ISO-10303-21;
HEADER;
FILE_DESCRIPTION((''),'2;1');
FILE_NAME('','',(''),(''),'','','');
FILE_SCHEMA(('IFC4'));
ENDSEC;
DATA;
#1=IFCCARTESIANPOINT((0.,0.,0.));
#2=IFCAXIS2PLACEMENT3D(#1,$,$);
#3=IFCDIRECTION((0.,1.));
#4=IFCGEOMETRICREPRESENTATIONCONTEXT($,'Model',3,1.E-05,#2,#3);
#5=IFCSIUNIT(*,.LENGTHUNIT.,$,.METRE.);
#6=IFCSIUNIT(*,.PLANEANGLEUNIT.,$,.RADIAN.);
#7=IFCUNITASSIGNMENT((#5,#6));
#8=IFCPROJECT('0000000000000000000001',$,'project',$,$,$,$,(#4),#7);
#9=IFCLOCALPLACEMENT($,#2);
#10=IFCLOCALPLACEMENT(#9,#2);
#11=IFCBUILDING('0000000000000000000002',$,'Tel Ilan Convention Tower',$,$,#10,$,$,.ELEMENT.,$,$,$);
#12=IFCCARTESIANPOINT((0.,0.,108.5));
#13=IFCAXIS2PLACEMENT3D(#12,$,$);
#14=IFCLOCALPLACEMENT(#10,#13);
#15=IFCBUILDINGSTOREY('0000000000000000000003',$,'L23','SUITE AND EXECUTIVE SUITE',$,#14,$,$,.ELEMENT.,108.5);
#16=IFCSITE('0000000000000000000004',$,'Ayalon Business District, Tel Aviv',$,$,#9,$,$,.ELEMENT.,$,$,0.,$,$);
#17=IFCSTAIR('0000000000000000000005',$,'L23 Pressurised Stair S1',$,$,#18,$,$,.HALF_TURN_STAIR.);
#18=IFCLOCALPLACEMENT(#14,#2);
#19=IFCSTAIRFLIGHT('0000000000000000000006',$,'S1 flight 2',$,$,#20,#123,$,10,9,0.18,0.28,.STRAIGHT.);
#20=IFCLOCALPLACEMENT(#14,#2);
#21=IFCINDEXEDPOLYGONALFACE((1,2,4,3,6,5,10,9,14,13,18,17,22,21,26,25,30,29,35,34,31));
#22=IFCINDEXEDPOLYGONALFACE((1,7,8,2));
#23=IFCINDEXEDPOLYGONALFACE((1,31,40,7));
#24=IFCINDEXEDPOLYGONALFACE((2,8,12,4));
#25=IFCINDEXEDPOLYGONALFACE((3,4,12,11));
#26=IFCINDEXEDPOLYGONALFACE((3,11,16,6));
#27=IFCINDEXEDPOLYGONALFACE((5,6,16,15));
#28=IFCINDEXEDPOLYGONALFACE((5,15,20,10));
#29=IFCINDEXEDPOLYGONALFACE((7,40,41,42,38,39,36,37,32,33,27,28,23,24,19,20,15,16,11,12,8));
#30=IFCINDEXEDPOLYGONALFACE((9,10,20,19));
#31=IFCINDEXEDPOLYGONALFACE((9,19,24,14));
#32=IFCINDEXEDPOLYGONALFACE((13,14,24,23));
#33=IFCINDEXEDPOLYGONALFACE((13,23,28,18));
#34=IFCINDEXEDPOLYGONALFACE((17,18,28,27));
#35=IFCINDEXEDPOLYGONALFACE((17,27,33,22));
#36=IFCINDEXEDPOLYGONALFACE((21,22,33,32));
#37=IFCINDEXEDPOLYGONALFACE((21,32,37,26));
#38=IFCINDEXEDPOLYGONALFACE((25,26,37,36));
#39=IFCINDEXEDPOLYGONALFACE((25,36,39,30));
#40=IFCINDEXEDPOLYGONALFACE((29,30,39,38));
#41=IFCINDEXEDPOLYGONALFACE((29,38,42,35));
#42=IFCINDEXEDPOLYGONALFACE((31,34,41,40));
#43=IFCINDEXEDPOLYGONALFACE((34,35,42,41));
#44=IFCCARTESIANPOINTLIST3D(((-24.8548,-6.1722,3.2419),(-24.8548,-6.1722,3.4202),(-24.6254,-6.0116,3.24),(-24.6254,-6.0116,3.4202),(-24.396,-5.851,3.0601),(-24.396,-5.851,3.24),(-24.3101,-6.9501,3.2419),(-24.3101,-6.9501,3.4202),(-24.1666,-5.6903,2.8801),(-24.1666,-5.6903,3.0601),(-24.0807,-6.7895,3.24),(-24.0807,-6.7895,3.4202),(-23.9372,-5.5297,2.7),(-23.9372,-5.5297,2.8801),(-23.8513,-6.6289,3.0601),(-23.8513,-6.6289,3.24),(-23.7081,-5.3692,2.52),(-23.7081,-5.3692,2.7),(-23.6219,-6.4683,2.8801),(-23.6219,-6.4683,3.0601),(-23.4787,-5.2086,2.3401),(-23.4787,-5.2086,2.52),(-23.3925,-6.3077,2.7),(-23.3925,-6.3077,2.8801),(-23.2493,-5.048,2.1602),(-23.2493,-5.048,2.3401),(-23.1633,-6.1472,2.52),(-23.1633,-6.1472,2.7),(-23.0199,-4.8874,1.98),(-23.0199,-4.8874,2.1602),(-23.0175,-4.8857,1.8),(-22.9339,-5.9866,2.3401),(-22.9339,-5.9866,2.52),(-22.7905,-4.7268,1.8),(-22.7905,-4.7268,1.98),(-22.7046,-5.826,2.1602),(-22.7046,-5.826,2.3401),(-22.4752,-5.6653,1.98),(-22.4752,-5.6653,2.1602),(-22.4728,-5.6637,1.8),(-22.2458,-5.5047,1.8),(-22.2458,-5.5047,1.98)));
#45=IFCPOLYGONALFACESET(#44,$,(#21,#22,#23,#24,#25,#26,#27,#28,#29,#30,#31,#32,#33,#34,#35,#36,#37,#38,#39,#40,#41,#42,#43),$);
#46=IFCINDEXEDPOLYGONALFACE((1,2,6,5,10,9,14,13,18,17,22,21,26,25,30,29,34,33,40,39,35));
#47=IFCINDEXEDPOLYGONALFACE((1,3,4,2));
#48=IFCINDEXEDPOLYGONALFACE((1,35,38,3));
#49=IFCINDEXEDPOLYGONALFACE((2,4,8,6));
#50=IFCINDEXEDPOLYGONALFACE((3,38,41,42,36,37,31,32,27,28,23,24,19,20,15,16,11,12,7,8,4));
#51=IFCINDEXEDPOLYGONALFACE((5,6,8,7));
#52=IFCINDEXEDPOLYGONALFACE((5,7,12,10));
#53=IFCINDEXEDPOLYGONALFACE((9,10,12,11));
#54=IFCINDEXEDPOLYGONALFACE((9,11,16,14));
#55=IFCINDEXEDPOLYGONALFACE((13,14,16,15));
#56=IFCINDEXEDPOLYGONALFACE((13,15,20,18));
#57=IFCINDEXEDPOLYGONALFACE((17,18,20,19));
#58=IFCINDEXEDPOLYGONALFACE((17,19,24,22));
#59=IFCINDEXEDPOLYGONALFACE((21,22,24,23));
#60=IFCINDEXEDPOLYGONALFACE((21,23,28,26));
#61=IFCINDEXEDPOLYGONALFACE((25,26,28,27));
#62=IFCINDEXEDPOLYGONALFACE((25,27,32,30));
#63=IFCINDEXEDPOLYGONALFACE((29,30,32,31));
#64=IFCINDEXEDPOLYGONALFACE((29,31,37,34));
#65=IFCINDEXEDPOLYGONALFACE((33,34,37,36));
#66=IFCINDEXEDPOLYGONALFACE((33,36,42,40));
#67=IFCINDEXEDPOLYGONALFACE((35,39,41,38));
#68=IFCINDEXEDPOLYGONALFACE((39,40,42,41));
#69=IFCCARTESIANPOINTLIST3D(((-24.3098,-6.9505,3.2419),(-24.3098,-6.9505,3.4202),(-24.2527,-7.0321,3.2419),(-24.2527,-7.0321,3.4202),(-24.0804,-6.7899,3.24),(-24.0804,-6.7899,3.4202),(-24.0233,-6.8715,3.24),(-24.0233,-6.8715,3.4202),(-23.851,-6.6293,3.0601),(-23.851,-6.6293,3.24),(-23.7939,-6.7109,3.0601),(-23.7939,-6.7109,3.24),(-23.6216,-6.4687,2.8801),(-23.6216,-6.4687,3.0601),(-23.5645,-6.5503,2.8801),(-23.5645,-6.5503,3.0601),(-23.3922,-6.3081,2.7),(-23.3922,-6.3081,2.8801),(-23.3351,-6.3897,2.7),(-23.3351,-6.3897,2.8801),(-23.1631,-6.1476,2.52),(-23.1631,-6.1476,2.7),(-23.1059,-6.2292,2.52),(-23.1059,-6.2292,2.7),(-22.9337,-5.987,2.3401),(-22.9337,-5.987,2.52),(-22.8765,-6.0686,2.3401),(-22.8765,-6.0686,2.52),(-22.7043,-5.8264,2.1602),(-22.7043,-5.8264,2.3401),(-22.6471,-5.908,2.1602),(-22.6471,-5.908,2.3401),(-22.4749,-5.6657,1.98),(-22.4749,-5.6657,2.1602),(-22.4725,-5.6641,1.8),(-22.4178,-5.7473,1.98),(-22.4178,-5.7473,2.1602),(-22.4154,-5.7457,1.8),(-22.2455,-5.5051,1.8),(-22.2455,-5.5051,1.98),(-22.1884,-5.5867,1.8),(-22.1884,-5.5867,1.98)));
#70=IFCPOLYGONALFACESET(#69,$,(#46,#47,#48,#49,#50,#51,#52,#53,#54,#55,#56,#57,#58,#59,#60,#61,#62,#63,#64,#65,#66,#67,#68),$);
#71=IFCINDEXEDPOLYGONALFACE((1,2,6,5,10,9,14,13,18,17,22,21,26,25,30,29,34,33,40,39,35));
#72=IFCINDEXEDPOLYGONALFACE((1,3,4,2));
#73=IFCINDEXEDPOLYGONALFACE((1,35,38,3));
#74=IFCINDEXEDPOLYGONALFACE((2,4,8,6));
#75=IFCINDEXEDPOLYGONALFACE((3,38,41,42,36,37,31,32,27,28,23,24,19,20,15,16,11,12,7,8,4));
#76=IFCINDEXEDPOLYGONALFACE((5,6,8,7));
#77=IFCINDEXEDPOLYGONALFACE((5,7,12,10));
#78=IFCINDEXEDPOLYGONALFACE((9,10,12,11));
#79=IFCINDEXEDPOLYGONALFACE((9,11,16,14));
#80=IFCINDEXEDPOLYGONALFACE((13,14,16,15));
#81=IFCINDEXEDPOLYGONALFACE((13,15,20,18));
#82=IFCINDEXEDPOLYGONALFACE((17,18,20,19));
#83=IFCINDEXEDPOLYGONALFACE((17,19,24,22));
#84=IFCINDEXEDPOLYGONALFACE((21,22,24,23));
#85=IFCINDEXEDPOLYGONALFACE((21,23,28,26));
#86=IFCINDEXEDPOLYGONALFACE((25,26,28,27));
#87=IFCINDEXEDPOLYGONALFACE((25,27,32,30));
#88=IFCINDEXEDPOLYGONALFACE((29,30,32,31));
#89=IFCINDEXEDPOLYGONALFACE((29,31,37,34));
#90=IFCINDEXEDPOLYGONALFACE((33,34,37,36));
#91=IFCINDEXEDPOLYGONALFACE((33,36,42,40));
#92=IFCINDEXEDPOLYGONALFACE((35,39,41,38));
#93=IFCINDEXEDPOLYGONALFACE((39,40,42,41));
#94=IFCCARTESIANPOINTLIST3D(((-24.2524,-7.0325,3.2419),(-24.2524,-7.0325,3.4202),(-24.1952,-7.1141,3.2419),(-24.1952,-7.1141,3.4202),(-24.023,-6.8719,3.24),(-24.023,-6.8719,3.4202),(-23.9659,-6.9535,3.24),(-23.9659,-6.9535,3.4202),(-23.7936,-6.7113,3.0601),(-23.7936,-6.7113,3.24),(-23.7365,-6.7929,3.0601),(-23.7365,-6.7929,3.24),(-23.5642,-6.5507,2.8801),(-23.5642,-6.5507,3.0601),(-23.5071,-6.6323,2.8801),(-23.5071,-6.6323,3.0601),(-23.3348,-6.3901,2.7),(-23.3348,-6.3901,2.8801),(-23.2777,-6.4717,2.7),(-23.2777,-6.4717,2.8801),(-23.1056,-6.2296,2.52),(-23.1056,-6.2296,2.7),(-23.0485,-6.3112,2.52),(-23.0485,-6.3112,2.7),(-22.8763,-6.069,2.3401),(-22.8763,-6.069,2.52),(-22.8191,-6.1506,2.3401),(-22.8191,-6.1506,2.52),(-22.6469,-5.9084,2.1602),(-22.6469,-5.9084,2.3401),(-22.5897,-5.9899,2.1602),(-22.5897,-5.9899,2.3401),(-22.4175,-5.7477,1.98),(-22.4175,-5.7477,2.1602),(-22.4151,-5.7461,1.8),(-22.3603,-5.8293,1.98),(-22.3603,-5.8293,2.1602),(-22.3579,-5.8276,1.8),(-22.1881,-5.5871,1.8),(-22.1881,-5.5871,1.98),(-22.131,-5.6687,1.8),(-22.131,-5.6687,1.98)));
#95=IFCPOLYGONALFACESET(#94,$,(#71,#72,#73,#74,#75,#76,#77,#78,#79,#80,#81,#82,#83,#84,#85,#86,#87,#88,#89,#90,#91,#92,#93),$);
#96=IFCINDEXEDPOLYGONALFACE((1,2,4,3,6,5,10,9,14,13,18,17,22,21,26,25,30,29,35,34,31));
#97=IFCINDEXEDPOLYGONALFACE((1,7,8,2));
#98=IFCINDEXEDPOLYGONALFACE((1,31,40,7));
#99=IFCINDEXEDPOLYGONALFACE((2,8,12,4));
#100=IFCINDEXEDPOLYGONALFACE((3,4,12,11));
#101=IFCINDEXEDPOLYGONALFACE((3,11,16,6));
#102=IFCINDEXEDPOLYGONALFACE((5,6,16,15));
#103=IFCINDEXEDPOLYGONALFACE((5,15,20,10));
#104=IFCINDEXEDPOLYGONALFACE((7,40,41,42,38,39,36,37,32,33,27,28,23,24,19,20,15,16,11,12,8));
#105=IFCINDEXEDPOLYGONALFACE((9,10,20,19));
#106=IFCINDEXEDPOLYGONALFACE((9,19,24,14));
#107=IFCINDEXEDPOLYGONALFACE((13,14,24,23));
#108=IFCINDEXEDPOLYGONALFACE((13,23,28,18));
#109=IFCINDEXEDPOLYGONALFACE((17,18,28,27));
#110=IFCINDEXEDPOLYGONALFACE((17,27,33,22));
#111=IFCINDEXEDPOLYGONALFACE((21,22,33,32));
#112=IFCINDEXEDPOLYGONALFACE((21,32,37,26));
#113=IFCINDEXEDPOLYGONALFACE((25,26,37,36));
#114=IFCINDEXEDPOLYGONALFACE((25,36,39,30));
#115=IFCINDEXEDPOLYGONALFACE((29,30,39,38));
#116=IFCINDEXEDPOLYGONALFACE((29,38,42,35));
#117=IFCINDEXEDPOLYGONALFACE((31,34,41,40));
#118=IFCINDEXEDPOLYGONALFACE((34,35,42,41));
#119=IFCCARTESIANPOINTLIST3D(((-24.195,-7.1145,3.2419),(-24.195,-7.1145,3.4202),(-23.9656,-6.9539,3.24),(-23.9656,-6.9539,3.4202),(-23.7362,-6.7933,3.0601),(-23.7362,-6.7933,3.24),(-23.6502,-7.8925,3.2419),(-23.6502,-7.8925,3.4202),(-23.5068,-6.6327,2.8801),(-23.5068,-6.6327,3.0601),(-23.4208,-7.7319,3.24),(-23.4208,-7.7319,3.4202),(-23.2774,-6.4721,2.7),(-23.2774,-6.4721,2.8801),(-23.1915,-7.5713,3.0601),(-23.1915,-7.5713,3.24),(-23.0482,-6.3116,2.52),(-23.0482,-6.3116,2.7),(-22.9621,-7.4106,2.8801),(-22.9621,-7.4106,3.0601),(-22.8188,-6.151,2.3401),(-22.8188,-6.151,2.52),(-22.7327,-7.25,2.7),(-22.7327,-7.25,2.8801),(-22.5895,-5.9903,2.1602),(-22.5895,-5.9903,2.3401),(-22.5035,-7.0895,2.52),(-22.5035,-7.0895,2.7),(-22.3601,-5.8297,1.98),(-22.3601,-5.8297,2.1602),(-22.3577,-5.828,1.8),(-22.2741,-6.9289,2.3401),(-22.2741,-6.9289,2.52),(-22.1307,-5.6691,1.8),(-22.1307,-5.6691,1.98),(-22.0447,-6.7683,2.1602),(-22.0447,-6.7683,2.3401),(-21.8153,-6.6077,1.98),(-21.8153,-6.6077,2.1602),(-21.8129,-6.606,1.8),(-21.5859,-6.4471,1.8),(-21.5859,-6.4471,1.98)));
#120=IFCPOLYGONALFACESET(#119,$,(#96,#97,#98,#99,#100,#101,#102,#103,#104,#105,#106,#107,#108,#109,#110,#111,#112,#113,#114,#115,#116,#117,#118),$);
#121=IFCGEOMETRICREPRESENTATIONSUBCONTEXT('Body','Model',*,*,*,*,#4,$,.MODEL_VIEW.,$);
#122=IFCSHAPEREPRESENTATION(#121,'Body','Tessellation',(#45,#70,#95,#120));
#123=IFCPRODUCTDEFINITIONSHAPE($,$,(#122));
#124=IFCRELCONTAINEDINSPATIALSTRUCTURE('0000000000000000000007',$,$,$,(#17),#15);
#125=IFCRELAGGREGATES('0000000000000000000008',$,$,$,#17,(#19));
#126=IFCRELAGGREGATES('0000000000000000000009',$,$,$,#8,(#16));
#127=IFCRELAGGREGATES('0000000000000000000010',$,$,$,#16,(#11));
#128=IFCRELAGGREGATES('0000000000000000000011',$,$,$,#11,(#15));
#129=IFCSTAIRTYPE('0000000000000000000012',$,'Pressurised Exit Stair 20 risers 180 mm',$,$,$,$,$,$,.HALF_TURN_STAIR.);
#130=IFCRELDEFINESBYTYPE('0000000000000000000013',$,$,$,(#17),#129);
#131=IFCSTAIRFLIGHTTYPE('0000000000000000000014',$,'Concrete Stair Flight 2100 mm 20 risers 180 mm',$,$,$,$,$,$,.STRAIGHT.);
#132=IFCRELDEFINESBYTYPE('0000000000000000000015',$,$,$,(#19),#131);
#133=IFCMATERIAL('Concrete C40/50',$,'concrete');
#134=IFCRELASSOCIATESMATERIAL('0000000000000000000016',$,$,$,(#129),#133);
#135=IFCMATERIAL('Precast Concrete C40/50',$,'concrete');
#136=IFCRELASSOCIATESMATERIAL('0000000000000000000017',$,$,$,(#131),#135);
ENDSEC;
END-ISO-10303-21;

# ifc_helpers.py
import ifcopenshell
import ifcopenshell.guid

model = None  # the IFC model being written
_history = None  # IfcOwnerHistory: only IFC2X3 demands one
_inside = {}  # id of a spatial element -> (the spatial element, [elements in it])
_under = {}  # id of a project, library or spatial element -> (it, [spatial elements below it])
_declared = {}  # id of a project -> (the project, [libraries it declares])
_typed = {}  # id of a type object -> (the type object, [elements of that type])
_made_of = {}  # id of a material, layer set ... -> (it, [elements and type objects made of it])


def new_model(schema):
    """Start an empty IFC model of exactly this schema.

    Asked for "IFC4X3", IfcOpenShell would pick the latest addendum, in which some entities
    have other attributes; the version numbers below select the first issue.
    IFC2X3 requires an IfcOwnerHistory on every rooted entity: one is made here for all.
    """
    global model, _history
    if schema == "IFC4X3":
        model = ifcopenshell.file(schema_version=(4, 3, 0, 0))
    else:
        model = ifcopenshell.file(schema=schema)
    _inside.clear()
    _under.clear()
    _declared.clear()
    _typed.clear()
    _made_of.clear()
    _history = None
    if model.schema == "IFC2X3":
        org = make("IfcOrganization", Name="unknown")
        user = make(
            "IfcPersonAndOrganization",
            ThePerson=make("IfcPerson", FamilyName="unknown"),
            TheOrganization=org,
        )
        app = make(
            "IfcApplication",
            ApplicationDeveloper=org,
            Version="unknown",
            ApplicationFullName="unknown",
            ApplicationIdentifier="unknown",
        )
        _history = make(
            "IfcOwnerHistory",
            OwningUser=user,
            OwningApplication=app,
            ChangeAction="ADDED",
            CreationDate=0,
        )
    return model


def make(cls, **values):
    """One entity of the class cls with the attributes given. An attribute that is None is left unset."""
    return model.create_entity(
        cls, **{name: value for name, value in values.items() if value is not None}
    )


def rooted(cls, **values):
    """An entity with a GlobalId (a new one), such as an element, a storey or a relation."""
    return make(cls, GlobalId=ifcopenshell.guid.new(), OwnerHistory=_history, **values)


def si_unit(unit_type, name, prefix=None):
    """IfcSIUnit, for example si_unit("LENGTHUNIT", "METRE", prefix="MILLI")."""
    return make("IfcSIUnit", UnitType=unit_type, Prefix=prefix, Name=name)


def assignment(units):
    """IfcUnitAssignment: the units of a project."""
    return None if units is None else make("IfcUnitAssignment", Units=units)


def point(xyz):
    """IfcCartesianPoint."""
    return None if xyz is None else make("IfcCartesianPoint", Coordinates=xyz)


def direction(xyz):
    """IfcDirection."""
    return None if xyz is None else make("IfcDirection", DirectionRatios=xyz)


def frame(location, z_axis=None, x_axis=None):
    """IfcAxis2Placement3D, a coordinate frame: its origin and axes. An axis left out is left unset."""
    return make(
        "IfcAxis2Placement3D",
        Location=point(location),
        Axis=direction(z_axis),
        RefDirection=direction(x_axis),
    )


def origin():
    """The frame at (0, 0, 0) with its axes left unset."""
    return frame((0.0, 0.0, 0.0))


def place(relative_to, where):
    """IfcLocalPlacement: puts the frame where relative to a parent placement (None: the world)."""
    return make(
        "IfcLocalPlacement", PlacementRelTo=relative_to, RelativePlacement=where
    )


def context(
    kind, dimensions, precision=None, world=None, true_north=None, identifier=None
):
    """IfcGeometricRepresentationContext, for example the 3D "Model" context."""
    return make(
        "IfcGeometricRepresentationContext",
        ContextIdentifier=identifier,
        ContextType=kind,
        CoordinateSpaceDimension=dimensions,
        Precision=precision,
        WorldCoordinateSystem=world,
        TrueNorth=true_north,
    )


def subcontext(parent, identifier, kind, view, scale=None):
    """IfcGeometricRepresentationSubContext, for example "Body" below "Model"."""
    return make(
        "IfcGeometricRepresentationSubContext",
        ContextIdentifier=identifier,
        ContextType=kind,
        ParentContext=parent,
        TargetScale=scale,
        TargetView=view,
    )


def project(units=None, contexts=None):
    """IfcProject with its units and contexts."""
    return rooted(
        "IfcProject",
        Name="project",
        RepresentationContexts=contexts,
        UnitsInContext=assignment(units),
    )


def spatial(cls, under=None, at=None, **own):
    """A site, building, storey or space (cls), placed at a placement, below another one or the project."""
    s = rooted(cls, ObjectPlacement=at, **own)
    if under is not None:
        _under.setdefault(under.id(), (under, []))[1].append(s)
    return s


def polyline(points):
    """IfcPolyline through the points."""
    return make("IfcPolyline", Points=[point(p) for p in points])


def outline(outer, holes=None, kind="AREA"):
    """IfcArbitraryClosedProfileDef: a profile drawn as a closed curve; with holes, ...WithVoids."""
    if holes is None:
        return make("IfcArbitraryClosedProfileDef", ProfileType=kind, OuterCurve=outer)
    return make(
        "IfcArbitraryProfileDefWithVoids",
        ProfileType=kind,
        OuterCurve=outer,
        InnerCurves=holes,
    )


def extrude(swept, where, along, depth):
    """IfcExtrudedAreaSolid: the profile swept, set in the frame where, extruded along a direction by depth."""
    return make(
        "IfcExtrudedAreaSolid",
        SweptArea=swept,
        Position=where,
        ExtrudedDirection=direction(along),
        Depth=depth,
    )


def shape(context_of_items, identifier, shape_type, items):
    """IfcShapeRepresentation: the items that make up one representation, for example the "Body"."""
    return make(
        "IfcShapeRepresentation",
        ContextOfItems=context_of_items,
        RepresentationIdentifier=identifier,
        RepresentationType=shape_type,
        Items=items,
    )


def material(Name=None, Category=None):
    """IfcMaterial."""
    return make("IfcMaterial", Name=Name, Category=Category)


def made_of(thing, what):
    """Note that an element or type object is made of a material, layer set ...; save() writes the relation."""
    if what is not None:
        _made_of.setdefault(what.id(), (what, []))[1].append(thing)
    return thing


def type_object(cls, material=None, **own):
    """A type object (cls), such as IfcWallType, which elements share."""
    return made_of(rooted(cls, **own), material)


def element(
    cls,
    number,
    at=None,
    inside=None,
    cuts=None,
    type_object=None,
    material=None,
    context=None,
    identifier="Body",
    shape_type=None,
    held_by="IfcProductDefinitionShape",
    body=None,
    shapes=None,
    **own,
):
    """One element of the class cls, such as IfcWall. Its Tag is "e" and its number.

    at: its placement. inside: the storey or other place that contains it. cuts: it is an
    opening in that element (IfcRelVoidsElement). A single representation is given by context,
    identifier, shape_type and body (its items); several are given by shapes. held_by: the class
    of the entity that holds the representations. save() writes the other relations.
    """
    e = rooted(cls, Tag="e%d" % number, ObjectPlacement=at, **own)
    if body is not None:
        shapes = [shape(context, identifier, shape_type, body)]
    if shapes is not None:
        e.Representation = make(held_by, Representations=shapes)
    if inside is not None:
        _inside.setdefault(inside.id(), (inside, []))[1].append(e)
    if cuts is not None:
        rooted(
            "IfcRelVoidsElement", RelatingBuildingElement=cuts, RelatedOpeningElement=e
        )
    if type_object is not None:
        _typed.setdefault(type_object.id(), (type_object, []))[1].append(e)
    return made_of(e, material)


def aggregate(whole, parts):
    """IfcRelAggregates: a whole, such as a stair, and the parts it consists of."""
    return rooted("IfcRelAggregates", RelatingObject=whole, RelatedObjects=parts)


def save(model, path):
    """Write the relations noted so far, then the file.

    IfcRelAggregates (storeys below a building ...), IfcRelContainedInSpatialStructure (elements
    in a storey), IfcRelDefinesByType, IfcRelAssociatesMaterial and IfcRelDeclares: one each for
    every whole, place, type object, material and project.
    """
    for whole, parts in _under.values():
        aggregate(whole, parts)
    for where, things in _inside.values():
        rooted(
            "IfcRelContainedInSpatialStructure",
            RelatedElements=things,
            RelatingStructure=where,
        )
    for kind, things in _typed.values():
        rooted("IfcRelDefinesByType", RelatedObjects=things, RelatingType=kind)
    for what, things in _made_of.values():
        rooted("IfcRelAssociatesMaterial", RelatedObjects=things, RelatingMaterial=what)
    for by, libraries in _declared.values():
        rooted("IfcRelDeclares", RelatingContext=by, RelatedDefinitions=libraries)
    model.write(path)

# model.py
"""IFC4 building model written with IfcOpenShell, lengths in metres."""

from ifc_helpers import new_model, si_unit, direction, frame, origin, place, context, subcontext, project, spatial, polyline, outline, extrude, material, type_object, element, aggregate, save


model = new_model("IFC4")

# Units and contexts
model_context = context("Model", 3, precision=1e-05, world=origin(), true_north=direction((0.0, 1.0)))
body_context = subcontext(model_context, "Body", "Model", "MODEL_VIEW")
ifc_project = project(units=[si_unit("LENGTHUNIT", "METRE"), si_unit("PLANEANGLEUNIT", "RADIAN")], contexts=[model_context])

# Site, building, storey
site_placement = place(None, origin())
site = spatial("IfcSite", under=ifc_project, at=site_placement, Name="Ayalon Business District, Tel Aviv", CompositionType="ELEMENT", RefElevation=0.0)
building_placement = place(site_placement, origin())
building = spatial("IfcBuilding", under=site, at=building_placement, Name="Tel Ilan Convention Tower", CompositionType="ELEMENT")
storey_placement = place(building_placement, frame((0.0, 0.0, 108.5)))
storey = spatial("IfcBuildingStorey", under=building, at=storey_placement, Name="L23", Description="SUITE AND EXECUTIVE SUITE", CompositionType="ELEMENT", Elevation=108.5)

# Stair, stair flight
ifc_material_1 = material(Name="Concrete C40/50", Category="concrete")
stair_type = type_object("IfcStairType", Name="Pressurised Exit Stair 20 risers 180 mm", PredefinedType="HALF_TURN_STAIR", material=ifc_material_1)
stair_1_placement = place(storey_placement, origin())
stair_1 = element("IfcStair", 1, at=stair_1_placement, inside=storey, type_object=stair_type, Name="L23 Pressurised Stair S1", PredefinedType="HALF_TURN_STAIR")
ifc_material_2 = material(Name="Precast Concrete C40/50", Category="concrete")
stair_flight_type = type_object("IfcStairFlightType", Name="Concrete Stair Flight 2100 mm 20 risers 180 mm", PredefinedType="STRAIGHT", material=ifc_material_2)
stair_flight_1_placement = place(storey_placement, frame((-22.1882, -5.5869, 1.8), z_axis=(0.0, 0.0, 1.0), x_axis=(-0.819152, -0.573576, 0.0)))
stair_flight_1 = element("IfcStairFlight", 2, at=stair_flight_1_placement, type_object=stair_flight_type, Name="S1 flight 2", NumberOfRisers=10, NumberOfTreads=9, PredefinedType="STRAIGHT", RiserHeight=0.18, TreadLength=0.28, context=body_context, shape_type="SweptSolid", body=[
    extrude(outline(polyline([(0.0, 0.0), (0.0, 0.1799), (0.28, 0.1799), (0.28, 0.3601), (0.5601, 0.3601), (0.5601, 0.54), (0.8401, 0.54), (0.8401, 0.72), (1.1201, 0.72), (1.1201, 0.8999), (1.3999, 0.8999), (1.3999, 1.0801), (1.6799, 1.0801), (1.6799, 1.26), (1.96, 1.26), (1.96, 1.4399), (2.24, 1.4399), (2.24, 1.6201), (2.52, 1.6201), (2.52, 1.8), (2.52, 1.4419), (0.2771, 0.0), (0.0, 0.0)])), frame((0.0, -0.1003, 0.0), z_axis=(0.0, -1.0, 0.0), x_axis=(1.0, 0.0, 0.0)), (0.0, 0.0, 1.0), 0.9497),
    extrude(outline(polyline([(0.0, 0.0), (0.0, 0.1799), (0.28, 0.1799), (0.28, 0.3601), (0.5601, 0.3601), (0.5601, 0.54), (0.8401, 0.54), (0.8401, 0.72), (1.1201, 0.72), (1.1201, 0.8999), (1.3999, 0.8999), (1.3999, 1.0801), (1.6799, 1.0801), (1.6799, 1.26), (1.96, 1.26), (1.96, 1.4399), (2.24, 1.4399), (2.24, 1.6201), (2.52, 1.6201), (2.52, 1.8), (2.52, 1.4419), (0.2771, 0.0), (0.0, 0.0)])), frame((0.0, -0.0002, 0.0), z_axis=(0.0, -1.0, 0.0), x_axis=(1.0, 0.0, 0.0)), (0.0, 0.0, 1.0), 0.0996),
    extrude(outline(polyline([(0.0, 0.0), (0.0, 0.1799), (0.28, 0.1799), (0.28, 0.3601), (0.5601, 0.3601), (0.5601, 0.54), (0.8401, 0.54), (0.8401, 0.72), (1.1201, 0.72), (1.1201, 0.8999), (1.3999, 0.8999), (1.3999, 1.0801), (1.6799, 1.0801), (1.6799, 1.26), (1.96, 1.26), (1.96, 1.4399), (2.24, 1.4399), (2.24, 1.6201), (2.52, 1.6201), (2.52, 1.8), (2.52, 1.4419), (0.2771, 0.0), (0.0, 0.0)])), frame((0.0, 0.0999, 0.0), z_axis=(0.0, -1.0, 0.0), x_axis=(1.0, 0.0, 0.0)), (0.0, 0.0, 1.0), 0.0996),
    extrude(outline(polyline([(0.0, 0.0), (0.0, 0.1799), (0.28, 0.1799), (0.28, 0.3601), (0.5601, 0.3601), (0.5601, 0.54), (0.8401, 0.54), (0.8401, 0.72), (1.1201, 0.72), (1.1201, 0.8999), (1.3999, 0.8999), (1.3999, 1.0801), (1.6799, 1.0801), (1.6799, 1.26), (1.96, 1.26), (1.96, 1.4399), (2.24, 1.4399), (2.24, 1.6201), (2.52, 1.6201), (2.52, 1.8), (2.52, 1.4419), (0.2771, 0.0), (0.0, 0.0)])), frame((0.0, 1.05, 0.0), z_axis=(0.0, -1.0, 0.0), x_axis=(1.0, 0.0, 0.0)), (0.0, 0.0, 1.0), 0.9497),
])
aggregate(stair_1, [stair_flight_1])

save(model, "model.ifc")
